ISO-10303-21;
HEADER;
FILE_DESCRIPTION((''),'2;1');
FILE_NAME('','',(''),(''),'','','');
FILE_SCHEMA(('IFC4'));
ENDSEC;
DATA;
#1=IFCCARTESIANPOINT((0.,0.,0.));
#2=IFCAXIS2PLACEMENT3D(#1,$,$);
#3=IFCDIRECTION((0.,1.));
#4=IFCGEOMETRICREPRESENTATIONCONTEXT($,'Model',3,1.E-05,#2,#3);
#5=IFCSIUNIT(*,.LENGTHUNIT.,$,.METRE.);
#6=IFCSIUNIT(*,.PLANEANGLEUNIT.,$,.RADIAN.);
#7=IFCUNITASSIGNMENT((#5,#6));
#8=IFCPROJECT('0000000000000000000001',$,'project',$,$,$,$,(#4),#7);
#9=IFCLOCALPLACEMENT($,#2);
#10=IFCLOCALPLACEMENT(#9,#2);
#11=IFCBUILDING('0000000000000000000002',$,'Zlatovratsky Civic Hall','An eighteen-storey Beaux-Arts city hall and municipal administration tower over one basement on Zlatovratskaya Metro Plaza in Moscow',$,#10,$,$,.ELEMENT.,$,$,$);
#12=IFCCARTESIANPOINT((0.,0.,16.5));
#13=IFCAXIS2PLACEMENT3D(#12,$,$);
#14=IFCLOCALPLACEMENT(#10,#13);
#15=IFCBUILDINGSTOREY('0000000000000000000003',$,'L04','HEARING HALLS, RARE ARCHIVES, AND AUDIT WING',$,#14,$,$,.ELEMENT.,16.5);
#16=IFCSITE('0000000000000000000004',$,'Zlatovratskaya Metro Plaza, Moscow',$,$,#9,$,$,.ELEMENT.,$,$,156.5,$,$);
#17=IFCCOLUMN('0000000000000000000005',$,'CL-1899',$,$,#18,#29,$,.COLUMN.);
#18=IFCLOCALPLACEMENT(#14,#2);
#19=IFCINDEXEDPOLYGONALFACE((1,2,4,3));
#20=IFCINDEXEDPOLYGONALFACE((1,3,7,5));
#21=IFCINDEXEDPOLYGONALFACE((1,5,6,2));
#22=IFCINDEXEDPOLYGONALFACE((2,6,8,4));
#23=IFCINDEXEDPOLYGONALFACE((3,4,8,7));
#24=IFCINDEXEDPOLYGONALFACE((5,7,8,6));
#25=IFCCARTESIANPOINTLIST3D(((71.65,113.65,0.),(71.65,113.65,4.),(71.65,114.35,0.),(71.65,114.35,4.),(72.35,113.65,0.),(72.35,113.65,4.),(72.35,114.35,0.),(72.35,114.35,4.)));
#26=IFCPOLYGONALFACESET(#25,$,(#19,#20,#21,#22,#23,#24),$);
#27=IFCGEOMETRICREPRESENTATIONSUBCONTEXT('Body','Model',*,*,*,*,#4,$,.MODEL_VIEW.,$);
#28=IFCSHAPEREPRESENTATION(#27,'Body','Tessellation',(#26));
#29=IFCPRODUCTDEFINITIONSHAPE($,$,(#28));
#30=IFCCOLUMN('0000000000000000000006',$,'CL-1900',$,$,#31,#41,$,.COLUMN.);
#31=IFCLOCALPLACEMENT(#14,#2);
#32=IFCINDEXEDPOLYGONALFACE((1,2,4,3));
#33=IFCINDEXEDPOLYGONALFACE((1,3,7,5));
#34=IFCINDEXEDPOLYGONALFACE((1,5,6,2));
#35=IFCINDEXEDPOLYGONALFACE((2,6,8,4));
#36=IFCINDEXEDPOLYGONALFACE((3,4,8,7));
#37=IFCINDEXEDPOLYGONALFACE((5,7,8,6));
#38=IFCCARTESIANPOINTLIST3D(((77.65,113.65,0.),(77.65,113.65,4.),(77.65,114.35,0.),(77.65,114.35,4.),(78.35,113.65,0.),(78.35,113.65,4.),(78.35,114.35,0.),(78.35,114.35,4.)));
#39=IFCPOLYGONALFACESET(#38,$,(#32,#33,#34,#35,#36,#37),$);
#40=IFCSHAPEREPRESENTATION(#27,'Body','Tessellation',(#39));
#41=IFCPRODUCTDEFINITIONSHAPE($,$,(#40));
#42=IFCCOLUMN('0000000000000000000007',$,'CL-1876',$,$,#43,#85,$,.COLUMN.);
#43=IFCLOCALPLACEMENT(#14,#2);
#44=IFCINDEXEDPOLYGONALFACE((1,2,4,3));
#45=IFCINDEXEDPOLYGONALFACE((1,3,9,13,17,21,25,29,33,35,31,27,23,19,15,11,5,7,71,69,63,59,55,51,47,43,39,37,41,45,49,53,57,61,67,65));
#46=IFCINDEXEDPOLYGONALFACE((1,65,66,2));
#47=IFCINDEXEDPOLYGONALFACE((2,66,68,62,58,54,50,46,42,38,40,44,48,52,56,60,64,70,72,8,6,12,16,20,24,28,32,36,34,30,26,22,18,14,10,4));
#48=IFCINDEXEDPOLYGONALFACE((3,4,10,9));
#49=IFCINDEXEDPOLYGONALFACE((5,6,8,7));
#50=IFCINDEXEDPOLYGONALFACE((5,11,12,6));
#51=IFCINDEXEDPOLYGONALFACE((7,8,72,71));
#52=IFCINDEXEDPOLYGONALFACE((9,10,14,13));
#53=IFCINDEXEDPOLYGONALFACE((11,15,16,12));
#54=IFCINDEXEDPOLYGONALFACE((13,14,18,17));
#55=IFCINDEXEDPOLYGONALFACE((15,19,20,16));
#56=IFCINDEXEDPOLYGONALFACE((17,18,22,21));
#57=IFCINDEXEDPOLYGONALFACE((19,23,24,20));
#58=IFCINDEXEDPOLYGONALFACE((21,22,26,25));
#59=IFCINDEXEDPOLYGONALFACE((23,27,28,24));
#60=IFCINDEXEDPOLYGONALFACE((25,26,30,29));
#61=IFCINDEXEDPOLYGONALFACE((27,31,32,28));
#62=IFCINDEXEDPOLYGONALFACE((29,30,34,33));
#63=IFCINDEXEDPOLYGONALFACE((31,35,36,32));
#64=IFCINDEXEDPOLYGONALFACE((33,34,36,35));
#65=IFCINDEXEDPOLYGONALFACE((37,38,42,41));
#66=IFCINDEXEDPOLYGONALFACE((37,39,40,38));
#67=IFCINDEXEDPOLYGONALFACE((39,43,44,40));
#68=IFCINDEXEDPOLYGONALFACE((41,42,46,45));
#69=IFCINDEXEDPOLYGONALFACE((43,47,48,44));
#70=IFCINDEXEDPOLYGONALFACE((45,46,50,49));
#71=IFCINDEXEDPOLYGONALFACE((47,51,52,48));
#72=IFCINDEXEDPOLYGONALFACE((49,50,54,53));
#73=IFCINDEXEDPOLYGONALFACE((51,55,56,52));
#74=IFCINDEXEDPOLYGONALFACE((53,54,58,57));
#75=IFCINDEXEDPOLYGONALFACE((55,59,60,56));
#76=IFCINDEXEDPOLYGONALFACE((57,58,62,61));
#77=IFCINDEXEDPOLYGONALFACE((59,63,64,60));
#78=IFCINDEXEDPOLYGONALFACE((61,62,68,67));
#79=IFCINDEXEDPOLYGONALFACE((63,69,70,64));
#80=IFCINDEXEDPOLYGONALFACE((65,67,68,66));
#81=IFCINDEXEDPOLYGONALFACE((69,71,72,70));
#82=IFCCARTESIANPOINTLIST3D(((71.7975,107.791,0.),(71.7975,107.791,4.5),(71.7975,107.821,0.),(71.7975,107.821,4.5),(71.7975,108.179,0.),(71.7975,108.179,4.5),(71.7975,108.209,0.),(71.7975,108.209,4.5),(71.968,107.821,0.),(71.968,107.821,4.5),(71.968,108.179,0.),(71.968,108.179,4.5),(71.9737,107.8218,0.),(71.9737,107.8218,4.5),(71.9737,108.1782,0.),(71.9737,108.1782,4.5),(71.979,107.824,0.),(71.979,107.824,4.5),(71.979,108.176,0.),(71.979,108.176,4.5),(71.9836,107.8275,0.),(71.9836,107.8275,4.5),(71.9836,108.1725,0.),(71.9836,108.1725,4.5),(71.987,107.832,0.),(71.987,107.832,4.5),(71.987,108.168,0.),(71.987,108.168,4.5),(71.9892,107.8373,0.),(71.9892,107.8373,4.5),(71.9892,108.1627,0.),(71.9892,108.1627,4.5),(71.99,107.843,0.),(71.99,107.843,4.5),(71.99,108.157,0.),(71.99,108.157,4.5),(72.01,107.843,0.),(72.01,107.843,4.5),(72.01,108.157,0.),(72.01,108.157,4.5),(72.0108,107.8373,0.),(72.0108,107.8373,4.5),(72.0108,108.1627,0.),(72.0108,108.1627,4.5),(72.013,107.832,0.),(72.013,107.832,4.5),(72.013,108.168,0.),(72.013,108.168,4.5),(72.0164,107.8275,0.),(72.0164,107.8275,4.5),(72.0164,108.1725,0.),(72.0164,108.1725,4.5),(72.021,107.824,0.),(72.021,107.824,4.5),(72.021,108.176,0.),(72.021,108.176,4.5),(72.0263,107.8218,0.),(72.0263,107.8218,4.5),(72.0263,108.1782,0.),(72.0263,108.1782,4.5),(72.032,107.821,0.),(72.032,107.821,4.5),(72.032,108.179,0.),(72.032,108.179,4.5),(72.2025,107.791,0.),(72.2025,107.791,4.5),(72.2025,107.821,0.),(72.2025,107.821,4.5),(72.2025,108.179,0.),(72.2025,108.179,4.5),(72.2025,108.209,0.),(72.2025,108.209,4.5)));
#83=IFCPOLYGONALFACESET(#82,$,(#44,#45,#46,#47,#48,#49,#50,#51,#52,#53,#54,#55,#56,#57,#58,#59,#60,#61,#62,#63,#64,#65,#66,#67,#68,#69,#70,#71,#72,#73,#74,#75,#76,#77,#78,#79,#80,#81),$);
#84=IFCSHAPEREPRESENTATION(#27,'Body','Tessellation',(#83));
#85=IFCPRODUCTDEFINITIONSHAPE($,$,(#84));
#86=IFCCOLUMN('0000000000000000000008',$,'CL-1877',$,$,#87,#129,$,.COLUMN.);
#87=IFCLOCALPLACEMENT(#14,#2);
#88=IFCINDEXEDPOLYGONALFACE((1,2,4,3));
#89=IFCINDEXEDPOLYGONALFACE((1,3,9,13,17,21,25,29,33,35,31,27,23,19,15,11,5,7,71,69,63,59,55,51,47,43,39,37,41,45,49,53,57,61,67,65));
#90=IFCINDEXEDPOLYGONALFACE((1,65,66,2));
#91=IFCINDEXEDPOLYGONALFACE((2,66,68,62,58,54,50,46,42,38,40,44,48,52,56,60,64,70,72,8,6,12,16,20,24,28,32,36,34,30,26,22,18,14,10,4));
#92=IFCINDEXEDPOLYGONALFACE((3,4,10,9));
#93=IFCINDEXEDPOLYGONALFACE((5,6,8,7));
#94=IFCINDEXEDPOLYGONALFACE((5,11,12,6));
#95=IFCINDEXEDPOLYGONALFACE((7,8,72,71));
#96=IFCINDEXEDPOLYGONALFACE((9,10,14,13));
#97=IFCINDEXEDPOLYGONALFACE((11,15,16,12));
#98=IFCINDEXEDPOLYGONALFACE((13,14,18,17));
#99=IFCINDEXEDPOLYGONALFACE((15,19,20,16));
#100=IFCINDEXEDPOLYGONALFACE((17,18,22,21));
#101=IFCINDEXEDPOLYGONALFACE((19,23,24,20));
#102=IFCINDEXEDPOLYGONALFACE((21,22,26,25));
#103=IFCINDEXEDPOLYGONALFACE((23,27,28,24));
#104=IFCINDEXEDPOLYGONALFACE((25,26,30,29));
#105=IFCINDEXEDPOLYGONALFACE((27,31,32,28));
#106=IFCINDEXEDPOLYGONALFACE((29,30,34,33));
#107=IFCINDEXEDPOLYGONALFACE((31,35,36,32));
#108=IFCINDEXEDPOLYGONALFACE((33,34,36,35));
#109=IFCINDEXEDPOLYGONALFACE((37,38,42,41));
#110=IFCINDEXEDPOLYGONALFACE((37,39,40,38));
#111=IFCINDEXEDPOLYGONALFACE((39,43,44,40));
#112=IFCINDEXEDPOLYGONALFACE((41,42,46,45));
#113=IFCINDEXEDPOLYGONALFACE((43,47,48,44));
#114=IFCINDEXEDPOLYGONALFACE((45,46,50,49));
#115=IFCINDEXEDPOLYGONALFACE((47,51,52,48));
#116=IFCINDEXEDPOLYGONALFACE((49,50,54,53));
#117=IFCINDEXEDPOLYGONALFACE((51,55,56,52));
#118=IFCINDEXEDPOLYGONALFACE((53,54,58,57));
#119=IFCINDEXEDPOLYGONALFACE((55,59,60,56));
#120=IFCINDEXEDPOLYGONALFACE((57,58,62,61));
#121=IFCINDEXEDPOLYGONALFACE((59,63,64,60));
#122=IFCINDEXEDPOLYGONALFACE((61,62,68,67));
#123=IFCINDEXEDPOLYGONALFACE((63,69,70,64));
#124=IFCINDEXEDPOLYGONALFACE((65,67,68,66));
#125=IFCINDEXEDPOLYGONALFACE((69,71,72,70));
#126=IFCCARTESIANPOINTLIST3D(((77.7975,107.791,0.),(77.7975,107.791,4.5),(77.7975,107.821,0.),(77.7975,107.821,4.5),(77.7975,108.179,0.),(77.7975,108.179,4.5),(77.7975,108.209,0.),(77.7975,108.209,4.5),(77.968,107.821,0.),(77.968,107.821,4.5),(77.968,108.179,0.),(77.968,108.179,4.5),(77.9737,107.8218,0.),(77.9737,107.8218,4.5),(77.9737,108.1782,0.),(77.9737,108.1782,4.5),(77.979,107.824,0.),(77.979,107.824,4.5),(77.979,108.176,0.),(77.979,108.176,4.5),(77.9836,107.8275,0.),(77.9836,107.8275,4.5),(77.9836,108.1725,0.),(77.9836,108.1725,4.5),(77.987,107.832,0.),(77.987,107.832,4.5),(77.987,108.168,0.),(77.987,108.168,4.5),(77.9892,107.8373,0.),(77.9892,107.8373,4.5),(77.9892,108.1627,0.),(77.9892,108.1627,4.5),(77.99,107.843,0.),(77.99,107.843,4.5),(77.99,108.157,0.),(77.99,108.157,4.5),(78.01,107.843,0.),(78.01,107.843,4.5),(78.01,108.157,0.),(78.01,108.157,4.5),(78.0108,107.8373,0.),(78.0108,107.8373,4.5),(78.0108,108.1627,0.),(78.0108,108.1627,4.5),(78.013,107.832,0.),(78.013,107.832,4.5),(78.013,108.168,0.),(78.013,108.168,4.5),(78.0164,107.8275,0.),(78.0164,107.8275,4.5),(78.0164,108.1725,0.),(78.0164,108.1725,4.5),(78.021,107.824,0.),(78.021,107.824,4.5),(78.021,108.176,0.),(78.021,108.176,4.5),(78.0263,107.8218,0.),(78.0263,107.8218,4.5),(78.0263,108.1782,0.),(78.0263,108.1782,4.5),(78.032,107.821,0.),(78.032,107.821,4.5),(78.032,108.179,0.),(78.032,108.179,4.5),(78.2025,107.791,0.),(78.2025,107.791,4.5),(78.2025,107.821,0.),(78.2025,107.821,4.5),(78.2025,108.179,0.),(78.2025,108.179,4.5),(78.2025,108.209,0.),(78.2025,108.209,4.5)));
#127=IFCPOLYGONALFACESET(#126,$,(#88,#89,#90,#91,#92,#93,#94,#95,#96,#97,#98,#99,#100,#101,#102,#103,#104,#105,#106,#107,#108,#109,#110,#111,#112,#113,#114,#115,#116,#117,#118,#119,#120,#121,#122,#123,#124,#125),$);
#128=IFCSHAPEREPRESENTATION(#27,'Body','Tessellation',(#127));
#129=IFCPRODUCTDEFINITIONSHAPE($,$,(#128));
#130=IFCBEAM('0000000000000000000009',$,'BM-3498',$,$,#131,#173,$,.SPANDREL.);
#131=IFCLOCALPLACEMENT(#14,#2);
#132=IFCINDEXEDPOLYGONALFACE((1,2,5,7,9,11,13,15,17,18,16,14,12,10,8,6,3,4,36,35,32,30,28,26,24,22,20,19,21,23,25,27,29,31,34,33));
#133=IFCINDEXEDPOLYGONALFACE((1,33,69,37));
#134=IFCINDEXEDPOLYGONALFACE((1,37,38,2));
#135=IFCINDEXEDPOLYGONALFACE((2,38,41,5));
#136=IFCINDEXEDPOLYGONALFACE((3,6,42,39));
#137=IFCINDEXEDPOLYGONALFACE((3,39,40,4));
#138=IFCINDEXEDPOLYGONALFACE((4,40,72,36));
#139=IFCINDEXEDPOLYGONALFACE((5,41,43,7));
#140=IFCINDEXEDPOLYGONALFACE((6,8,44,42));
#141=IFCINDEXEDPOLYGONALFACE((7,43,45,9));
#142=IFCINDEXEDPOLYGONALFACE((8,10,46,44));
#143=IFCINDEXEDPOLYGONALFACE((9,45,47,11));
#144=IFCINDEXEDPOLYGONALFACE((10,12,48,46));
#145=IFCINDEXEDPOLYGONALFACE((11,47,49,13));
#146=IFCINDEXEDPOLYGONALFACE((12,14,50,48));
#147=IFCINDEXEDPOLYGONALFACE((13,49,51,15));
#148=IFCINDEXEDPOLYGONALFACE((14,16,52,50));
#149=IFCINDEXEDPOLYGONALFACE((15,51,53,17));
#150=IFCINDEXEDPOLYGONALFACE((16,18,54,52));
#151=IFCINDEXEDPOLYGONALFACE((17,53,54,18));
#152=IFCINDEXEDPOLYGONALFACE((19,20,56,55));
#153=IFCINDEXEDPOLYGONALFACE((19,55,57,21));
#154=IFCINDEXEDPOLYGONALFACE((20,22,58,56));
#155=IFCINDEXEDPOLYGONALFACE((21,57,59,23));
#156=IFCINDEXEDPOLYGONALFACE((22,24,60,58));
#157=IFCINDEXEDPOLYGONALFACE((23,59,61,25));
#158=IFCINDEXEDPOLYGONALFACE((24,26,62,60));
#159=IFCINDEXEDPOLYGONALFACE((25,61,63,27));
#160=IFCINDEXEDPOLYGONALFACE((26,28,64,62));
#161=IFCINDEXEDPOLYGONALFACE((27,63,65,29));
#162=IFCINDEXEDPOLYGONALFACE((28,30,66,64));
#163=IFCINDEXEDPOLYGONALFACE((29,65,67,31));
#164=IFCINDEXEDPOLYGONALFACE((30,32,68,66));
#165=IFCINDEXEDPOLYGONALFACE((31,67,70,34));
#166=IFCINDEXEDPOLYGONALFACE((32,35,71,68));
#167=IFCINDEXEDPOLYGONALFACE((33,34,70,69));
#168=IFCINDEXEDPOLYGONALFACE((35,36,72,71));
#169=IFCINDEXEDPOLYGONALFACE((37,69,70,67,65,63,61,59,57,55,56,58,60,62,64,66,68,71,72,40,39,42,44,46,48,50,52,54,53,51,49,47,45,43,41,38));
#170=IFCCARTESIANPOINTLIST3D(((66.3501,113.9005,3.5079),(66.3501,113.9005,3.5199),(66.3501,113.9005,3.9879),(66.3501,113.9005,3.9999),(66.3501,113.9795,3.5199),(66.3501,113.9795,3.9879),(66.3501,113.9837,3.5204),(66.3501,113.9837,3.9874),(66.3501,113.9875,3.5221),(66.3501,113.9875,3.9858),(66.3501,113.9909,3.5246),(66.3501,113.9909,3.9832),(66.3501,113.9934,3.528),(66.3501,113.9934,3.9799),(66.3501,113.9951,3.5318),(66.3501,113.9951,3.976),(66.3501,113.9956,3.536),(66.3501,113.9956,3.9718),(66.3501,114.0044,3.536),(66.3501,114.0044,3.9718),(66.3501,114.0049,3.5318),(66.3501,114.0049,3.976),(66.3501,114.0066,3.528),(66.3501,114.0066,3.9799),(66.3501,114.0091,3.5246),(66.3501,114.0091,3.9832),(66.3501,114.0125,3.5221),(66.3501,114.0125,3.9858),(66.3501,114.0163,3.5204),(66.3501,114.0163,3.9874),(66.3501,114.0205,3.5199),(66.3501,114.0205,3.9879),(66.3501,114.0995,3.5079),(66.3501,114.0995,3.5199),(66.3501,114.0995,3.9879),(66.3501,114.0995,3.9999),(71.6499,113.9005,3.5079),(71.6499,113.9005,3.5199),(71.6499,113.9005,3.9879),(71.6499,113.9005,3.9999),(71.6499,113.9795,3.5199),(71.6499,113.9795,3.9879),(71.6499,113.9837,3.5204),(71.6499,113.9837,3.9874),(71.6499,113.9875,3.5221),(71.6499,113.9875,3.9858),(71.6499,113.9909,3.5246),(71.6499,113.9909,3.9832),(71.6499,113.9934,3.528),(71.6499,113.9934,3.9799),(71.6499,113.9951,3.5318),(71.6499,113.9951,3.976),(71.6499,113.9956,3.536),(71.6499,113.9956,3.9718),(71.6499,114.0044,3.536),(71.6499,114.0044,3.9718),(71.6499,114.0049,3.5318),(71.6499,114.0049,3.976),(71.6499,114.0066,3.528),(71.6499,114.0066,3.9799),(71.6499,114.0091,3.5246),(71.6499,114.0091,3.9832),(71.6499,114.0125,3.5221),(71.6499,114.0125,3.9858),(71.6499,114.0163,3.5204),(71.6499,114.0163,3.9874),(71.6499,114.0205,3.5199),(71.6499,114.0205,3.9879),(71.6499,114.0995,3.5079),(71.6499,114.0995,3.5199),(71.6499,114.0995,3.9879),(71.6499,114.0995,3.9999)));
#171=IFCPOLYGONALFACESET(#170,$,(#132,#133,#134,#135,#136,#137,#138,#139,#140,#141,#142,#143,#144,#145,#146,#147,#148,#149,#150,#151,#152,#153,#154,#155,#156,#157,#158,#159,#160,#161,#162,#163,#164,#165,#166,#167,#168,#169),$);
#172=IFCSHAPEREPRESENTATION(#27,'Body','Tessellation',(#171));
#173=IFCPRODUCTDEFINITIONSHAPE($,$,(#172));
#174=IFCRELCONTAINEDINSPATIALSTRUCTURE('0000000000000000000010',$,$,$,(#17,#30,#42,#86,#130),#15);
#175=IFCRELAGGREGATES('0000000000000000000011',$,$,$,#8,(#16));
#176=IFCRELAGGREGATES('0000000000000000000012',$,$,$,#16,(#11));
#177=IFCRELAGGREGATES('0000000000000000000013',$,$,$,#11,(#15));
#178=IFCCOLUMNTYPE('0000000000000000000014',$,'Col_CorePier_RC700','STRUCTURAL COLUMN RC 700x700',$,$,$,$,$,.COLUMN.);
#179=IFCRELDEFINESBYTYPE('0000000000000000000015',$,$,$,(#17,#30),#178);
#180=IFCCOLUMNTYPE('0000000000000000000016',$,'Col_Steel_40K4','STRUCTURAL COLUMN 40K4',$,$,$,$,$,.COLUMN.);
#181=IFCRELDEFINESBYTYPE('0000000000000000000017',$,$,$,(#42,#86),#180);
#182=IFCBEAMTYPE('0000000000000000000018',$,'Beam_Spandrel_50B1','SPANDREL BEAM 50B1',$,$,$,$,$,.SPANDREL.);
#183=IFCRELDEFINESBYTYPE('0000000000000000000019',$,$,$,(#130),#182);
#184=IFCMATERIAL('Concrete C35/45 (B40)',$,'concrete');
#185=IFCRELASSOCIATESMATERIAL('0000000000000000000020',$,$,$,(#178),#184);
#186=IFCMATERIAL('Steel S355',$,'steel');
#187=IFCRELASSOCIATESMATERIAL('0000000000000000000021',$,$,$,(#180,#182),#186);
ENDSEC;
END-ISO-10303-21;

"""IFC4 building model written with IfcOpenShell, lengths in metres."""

from ifc_helpers import new_model, si_unit, direction, frame, origin, origin_2d, place, context, subcontext, project, spatial, rectangle, i_section, extrude, material, material_profile, profile_set, type_object, element, save


model = new_model("IFC4")

# Units and contexts
model_context = context("Model", 3, precision=1e-05, world=origin(), true_north=direction((0.0, 1.0)))
body_context = subcontext(model_context, "Body", "Model", "MODEL_VIEW")
ifc_project = project(units=[si_unit("LENGTHUNIT", "METRE"), si_unit("PLANEANGLEUNIT", "RADIAN")], contexts=[model_context])

# Site, building, storey
site_placement = place(None, origin())
site = spatial("IfcSite", under=ifc_project, at=site_placement, Name="Zlatovratskaya Metro Plaza, Moscow", CompositionType="ELEMENT", RefElevation=156.5)
building_placement = place(site_placement, origin())
building = spatial("IfcBuilding", under=site, at=building_placement, Name="Zlatovratsky Civic Hall", Description="An eighteen-storey Beaux-Arts city hall and municipal administration tower over one basement on Zlatovratskaya Metro Plaza in Moscow", CompositionType="ELEMENT")
storey_placement = place(building_placement, frame((0.0, 0.0, 16.5)))
storey = spatial("IfcBuildingStorey", under=building, at=storey_placement, Name="L04", Description="HEARING HALLS, RARE ARCHIVES, AND AUDIT WING", CompositionType="ELEMENT", Elevation=16.5)

# Columns
ifc_material_1 = material(Name="Concrete C35/45 (B40)", Category="concrete")
ifc_material_profile_1 = material_profile(ifc_material_1, rectangle(XDim=0.7, YDim=0.7, at=origin_2d()), Name="RC 700x700")
ifc_profile_set_1 = profile_set([ifc_material_profile_1], Name="Concrete C35/45 (B40)")
column_type_1 = type_object("IfcColumnType", Name="Col_CorePier_RC700", Description="STRUCTURAL COLUMN RC 700x700", PredefinedType="COLUMN", material=ifc_profile_set_1)
for number, where, z_axis, x_axis, name in (
    (1, (72.0, 114.0, 0.0), (0.0, 0.0, 1.0), (1.0, 0.0, 0.0), "CL-1899"),
    (2, (78.0, 114.0, 0.0), (0.0, 0.0, 1.0), (1.0, 0.0, 0.0), "CL-1900"),
):
    element("IfcColumn", number, at=place(storey_placement, frame(where, z_axis=z_axis, x_axis=x_axis)), inside=storey, type_object=column_type_1, Name=name, PredefinedType="COLUMN", context=body_context, shape_type="SweptSolid", body=[
        extrude(rectangle(XDim=0.7, YDim=0.7, at=origin_2d()), origin(), (0.0, 0.0, 1.0), 4.0),
    ])
ifc_material_2 = material(Name="Steel S355", Category="steel")
ifc_material_profile_2 = material_profile(ifc_material_2, i_section(OverallWidth=0.405, OverallDepth=0.418, WebThickness=0.02, FlangeThickness=0.03, FilletRadius=0.022, at=origin_2d()), Name="40K4")
ifc_profile_set_2 = profile_set([ifc_material_profile_2], Name="Steel S355")
column_type_2 = type_object("IfcColumnType", Name="Col_Steel_40K4", Description="STRUCTURAL COLUMN 40K4", PredefinedType="COLUMN", material=ifc_profile_set_2)
for number, where, z_axis, x_axis, name in (
    (3, (72.0, 108.0, 0.0), (0.0, 0.0, 1.0), (1.0, 0.0, 0.0), "CL-1876"),
    (4, (78.0, 108.0, 0.0), (0.0, 0.0, 1.0), (1.0, 0.0, 0.0), "CL-1877"),
):
    element("IfcColumn", number, at=place(storey_placement, frame(where, z_axis=z_axis, x_axis=x_axis)), inside=storey, type_object=column_type_2, Name=name, PredefinedType="COLUMN", context=body_context, shape_type="SweptSolid", body=[
        extrude(i_section(OverallWidth=0.405, OverallDepth=0.418, WebThickness=0.02, FlangeThickness=0.03, FilletRadius=0.022, at=origin_2d()), origin(), (0.0, 0.0, 1.0), 4.5),
    ])

# Beam
ifc_material_profile_3 = material_profile(ifc_material_2, i_section(OverallWidth=0.199, OverallDepth=0.4919, WebThickness=0.0088, FlangeThickness=0.012, FilletRadius=0.0161, at=origin_2d()), Name="50B1")
ifc_profile_set_3 = profile_set([ifc_material_profile_3], Name="Steel S355")
beam_type_1 = type_object("IfcBeamType", Name="Beam_Spandrel_50B1", Description="SPANDREL BEAM 50B1", PredefinedType="SPANDREL", material=ifc_profile_set_3)
for number, where, z_axis, x_axis, name in (
    (5, (66.3501, 114.0, 3.7539), (1.0, 0.0, 0.0), (0.0, 1.0, 0.0), "BM-3498"),
):
    element("IfcBeam", number, at=place(storey_placement, frame(where, z_axis=z_axis, x_axis=x_axis)), inside=storey, type_object=beam_type_1, Name=name, PredefinedType="SPANDREL", context=body_context, shape_type="SweptSolid", body=[
        extrude(i_section(OverallWidth=0.199, OverallDepth=0.4919, WebThickness=0.0088, FlangeThickness=0.012, FilletRadius=0.0161, at=origin_2d()), origin(), (0.0, 0.0, 1.0), 5.2998),
    ])

save(model, "model.ifc")
